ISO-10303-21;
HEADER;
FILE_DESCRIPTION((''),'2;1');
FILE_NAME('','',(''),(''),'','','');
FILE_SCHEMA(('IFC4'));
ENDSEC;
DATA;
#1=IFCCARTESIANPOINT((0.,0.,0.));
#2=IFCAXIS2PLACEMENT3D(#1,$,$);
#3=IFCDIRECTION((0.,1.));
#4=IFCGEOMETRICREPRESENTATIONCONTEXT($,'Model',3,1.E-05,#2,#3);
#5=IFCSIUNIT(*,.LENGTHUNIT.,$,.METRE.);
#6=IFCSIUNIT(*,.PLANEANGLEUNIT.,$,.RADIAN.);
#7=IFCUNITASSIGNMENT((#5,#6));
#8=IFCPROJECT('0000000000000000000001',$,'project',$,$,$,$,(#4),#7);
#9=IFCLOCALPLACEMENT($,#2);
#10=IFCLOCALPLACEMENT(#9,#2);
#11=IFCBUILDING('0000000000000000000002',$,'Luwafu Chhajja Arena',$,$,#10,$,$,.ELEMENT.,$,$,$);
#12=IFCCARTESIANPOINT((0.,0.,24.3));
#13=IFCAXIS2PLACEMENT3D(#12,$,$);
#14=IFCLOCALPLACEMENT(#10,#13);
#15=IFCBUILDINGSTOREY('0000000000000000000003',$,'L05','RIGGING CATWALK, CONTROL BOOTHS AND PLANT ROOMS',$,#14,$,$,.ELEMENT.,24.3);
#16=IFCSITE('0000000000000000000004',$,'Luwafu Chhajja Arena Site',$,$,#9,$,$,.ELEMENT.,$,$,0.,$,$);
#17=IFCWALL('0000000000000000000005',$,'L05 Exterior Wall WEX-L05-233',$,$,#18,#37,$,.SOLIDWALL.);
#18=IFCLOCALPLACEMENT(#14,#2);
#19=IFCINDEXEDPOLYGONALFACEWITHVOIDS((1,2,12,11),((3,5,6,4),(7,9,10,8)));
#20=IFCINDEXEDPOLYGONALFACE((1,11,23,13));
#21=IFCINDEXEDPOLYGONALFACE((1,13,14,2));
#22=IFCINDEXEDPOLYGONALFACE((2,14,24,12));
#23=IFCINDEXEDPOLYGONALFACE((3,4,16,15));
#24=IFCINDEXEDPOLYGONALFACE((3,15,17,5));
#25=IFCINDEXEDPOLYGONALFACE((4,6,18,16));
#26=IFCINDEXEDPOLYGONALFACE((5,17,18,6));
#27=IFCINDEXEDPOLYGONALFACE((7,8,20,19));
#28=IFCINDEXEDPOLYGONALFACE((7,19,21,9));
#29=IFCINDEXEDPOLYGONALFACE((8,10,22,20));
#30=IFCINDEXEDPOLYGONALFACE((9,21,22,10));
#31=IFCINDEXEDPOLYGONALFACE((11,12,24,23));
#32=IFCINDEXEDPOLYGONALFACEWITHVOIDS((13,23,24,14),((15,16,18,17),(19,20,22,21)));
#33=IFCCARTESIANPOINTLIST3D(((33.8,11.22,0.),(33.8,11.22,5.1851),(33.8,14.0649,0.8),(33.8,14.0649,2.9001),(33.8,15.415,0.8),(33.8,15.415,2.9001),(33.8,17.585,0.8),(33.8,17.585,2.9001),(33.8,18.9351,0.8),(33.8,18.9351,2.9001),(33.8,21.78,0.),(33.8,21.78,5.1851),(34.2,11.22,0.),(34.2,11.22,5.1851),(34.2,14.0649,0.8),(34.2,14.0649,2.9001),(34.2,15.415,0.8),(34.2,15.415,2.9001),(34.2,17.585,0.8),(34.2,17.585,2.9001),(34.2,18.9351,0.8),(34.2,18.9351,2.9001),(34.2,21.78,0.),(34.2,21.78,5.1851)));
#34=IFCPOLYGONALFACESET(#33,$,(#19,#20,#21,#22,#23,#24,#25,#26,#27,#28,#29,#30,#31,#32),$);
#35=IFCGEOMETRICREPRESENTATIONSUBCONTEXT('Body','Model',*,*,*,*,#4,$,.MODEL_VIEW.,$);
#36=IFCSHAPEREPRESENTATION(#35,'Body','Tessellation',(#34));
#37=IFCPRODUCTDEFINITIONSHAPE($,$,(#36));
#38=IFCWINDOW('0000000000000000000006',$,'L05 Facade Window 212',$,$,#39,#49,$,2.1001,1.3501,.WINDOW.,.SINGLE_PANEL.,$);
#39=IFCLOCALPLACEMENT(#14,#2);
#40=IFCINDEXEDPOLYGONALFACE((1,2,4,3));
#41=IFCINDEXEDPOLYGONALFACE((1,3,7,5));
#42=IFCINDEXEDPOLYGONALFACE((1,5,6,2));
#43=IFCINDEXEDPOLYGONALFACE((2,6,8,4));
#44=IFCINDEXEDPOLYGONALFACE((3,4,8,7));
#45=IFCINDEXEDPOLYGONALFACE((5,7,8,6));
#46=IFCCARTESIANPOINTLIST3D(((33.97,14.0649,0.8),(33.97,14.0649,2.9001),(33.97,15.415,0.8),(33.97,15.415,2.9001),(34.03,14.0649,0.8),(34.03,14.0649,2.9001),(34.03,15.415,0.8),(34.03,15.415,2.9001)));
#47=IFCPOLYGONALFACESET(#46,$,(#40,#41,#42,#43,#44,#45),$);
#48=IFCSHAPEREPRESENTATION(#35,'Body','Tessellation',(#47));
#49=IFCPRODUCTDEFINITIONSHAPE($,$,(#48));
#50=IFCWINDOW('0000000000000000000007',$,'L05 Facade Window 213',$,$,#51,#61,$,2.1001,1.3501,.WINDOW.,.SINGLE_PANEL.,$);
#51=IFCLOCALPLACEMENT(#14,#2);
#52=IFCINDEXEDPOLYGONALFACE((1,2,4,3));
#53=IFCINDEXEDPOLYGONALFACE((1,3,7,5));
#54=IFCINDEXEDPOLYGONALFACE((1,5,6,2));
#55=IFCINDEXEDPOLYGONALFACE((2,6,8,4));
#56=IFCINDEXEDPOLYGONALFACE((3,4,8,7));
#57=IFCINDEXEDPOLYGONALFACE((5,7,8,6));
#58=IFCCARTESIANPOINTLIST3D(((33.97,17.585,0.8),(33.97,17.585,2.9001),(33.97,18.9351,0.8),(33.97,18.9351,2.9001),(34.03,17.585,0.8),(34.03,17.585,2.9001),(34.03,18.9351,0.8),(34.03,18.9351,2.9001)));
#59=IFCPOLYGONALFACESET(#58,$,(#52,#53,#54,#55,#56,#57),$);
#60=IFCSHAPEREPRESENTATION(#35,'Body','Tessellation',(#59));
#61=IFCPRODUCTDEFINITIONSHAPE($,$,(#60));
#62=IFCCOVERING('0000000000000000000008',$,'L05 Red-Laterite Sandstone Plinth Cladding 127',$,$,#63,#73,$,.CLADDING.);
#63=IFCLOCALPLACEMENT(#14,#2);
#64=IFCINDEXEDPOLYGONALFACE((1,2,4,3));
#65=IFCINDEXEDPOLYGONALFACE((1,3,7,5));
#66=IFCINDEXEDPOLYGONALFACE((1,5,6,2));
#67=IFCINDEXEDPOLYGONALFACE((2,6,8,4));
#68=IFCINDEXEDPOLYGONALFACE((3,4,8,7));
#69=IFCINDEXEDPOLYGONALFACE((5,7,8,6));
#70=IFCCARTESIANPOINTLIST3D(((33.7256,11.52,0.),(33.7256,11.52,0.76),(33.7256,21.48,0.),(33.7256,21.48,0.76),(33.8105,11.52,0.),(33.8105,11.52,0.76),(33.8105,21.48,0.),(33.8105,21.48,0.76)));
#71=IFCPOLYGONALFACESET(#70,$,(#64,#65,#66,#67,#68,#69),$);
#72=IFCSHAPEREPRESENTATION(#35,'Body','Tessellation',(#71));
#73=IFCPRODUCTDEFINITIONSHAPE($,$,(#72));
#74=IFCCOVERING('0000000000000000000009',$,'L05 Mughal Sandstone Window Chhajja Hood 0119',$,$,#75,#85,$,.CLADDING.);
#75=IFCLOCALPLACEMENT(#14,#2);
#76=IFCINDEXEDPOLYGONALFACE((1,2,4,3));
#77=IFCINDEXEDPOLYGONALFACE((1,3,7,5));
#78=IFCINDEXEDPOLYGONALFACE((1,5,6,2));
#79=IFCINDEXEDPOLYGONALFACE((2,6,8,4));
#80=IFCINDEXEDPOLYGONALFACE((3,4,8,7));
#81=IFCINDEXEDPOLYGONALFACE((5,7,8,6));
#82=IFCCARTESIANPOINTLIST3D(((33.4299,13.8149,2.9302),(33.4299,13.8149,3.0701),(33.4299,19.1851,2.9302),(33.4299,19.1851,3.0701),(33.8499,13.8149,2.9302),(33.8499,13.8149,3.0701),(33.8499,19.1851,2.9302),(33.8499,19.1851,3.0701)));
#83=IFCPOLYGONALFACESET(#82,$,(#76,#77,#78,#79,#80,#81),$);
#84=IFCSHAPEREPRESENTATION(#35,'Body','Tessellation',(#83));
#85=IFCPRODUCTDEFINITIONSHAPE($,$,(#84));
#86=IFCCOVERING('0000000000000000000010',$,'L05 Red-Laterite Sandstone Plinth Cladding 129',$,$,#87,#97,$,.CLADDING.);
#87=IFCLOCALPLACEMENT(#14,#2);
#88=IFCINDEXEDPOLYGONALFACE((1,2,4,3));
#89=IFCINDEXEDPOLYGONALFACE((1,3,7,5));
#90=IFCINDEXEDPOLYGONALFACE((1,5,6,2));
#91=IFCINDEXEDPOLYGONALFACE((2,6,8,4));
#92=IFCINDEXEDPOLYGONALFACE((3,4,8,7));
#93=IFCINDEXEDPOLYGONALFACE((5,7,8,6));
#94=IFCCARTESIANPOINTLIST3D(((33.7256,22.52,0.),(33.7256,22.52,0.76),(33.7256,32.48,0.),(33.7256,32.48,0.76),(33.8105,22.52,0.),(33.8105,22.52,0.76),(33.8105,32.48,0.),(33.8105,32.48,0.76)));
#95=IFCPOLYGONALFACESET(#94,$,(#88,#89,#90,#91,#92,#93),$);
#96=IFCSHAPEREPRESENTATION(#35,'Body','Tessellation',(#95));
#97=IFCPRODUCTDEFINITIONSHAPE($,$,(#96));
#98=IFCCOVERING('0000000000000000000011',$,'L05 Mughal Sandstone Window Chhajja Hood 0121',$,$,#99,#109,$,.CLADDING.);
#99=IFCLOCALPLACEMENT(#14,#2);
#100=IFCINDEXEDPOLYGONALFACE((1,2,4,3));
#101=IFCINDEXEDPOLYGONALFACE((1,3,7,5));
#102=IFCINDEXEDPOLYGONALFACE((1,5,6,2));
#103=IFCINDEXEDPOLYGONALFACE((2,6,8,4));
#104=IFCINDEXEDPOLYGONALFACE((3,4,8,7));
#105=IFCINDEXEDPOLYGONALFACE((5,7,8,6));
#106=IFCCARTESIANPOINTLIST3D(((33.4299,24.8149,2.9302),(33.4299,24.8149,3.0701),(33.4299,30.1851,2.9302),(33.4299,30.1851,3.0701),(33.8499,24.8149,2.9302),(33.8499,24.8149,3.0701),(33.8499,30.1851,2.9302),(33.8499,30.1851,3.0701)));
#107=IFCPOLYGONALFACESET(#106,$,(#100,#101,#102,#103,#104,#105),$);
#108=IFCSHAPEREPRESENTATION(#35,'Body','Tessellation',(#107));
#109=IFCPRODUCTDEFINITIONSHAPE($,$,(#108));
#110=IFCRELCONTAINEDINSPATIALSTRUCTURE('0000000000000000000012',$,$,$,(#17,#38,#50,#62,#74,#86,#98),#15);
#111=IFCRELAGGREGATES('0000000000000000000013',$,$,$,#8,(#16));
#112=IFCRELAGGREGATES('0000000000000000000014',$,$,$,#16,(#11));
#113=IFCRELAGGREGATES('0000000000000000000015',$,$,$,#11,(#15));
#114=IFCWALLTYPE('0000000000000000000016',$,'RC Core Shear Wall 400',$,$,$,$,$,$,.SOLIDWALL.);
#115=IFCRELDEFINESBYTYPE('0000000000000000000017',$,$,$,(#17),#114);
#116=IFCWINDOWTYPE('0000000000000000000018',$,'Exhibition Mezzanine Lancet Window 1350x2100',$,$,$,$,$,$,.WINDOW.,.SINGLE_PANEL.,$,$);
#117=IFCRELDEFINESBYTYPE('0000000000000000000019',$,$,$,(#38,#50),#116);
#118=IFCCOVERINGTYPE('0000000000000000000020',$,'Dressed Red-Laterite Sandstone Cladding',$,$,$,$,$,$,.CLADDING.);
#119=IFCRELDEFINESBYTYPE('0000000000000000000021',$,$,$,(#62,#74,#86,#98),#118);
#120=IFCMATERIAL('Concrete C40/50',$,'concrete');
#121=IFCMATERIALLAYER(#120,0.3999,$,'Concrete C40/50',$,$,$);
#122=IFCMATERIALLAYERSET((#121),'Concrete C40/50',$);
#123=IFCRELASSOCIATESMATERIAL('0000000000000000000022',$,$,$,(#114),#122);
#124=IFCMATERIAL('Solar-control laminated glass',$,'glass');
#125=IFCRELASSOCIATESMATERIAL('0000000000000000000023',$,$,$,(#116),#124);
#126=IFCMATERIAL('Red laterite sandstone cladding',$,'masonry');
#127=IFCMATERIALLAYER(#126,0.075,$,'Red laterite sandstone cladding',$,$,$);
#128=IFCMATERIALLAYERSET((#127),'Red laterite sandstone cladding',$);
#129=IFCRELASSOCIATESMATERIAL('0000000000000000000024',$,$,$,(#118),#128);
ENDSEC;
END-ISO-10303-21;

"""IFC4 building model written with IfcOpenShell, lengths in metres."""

from ifc_helpers import new_model, si_unit, direction, frame, frame_2d, origin, origin_2d, place, context, subcontext, project, spatial, rectangle, extrude, material, layer, layer_set, type_object, element, fill, save


model = new_model("IFC4")

# Units and contexts
model_context = context("Model", 3, precision=1e-05, world=origin(), true_north=direction((0.0, 1.0)))
body_context = subcontext(model_context, "Body", "Model", "MODEL_VIEW")
ifc_project = project(units=[si_unit("LENGTHUNIT", "METRE"), si_unit("PLANEANGLEUNIT", "RADIAN")], contexts=[model_context])

# Site, building, storey
site_placement = place(None, origin())
site = spatial("IfcSite", under=ifc_project, at=site_placement, Name="Luwafu Chhajja Arena Site", CompositionType="ELEMENT", RefElevation=0.0)
building_placement = place(site_placement, origin())
building = spatial("IfcBuilding", under=site, at=building_placement, Name="Luwafu Chhajja Arena", CompositionType="ELEMENT")
storey_placement = place(building_placement, frame((0.0, 0.0, 24.3)))
storey = spatial("IfcBuildingStorey", under=building, at=storey_placement, Name="L05", Description="RIGGING CATWALK, CONTROL BOOTHS AND PLANT ROOMS", CompositionType="ELEMENT", Elevation=24.3)

# Wall, openings, windows
ifc_material_1 = material(Name="Concrete C40/50", Category="concrete")
ifc_layer_1 = layer(ifc_material_1, 0.3999, Name="Concrete C40/50")
ifc_layer_set_1 = layer_set([ifc_layer_1], Name="Concrete C40/50")
wall_type = type_object("IfcWallType", Name="RC Core Shear Wall 400", PredefinedType="SOLIDWALL", material=ifc_layer_set_1)
wall_placement = place(storey_placement, frame((34.0, 11.22, 0.0), z_axis=(0.0, 0.0, 1.0), x_axis=(0.0, 1.0, 0.0)))
wall = element("IfcWall", 1, at=wall_placement, inside=storey, type_object=wall_type, Name="L05 Exterior Wall WEX-L05-233", PredefinedType="SOLIDWALL", context=body_context, shape_type="SweptSolid", body=[
    extrude(rectangle(XDim=10.5601, YDim=0.3999, at=frame_2d((5.28, 0.0))), origin(), (0.0, 0.0, 1.0), 5.1851),
])
opening_1_placement = place(wall_placement, frame((2.845, 0.0, 0.8)))
opening_1 = element("IfcOpeningElement", 2, at=opening_1_placement, cuts=wall, PredefinedType="OPENING", context=body_context, shape_type="SweptSolid", body=[
    extrude(rectangle(XDim=1.3501, YDim=2.1001, at=frame_2d((0.675, 1.05))), frame((0.0, 0.21, 0.0), z_axis=(0.0, -1.0, 0.0), x_axis=(1.0, 0.0, 0.0)), (0.0, 0.0, 1.0), 0.4199),
])
opening_2_placement = place(wall_placement, frame((6.365, 0.0, 0.8)))
opening_2 = element("IfcOpeningElement", 3, at=opening_2_placement, cuts=wall, PredefinedType="OPENING", context=body_context, shape_type="SweptSolid", body=[
    extrude(rectangle(XDim=1.3501, YDim=2.1001, at=frame_2d((0.675, 1.05))), frame((0.0, 0.21, 0.0), z_axis=(0.0, -1.0, 0.0), x_axis=(1.0, 0.0, 0.0)), (0.0, 0.0, 1.0), 0.4199),
])
ifc_material_2 = material(Name="Solar-control laminated glass", Category="glass")
window_type = type_object("IfcWindowType", Name="Exhibition Mezzanine Lancet Window 1350x2100", PartitioningType="SINGLE_PANEL", PredefinedType="WINDOW", material=ifc_material_2)
window_1_placement = place(opening_1_placement, origin())
window_1 = element("IfcWindow", 4, at=window_1_placement, inside=storey, type_object=window_type, Name="L05 Facade Window 212", OverallHeight=2.1001, OverallWidth=1.3501, PartitioningType="SINGLE_PANEL", PredefinedType="WINDOW", context=body_context, shape_type="SweptSolid", body=[
    extrude(rectangle(XDim=1.3501, YDim=2.1001, at=frame_2d((0.675, 1.05))), frame((0.0, 0.03, 0.0), z_axis=(0.0, -1.0, 0.0), x_axis=(1.0, 0.0, 0.0)), (0.0, 0.0, 1.0), 0.0601),
])
fill(opening_1, window_1)
window_2_placement = place(opening_2_placement, origin())
window_2 = element("IfcWindow", 5, at=window_2_placement, inside=storey, type_object=window_type, Name="L05 Facade Window 213", OverallHeight=2.1001, OverallWidth=1.3501, PartitioningType="SINGLE_PANEL", PredefinedType="WINDOW", context=body_context, shape_type="SweptSolid", body=[
    extrude(rectangle(XDim=1.3501, YDim=2.1001, at=frame_2d((0.675, 1.05))), frame((0.0, 0.03, 0.0), z_axis=(0.0, -1.0, 0.0), x_axis=(1.0, 0.0, 0.0)), (0.0, 0.0, 1.0), 0.0601),
])
fill(opening_2, window_2)

# Coverings
ifc_material_3 = material(Name="Red laterite sandstone cladding", Category="masonry")
ifc_layer_2 = layer(ifc_material_3, 0.075, Name="Red laterite sandstone cladding")
ifc_layer_set_2 = layer_set([ifc_layer_2], Name="Red laterite sandstone cladding")
covering_type = type_object("IfcCoveringType", Name="Dressed Red-Laterite Sandstone Cladding", PredefinedType="CLADDING", material=ifc_layer_set_2)
covering_1_placement = place(storey_placement, frame((33.7681, 16.5, 0.0), z_axis=(0.0, 0.0, 1.0), x_axis=(0.0, 1.0, 0.0)))
element("IfcCovering", 6, at=covering_1_placement, inside=storey, type_object=covering_type, Name="L05 Red-Laterite Sandstone Plinth Cladding 127", PredefinedType="CLADDING", context=body_context, shape_type="SweptSolid", body=[
    extrude(rectangle(XDim=9.96, YDim=0.085, at=origin_2d()), origin(), (0.0, 0.0, 1.0), 0.76),
])
covering_2_placement = place(storey_placement, frame((33.6399, 16.5, 2.9302), z_axis=(0.0, 0.0, 1.0), x_axis=(0.0, 1.0, 0.0)))
element("IfcCovering", 7, at=covering_2_placement, inside=storey, type_object=covering_type, Name="L05 Mughal Sandstone Window Chhajja Hood 0119", PredefinedType="CLADDING", context=body_context, shape_type="SweptSolid", body=[
    extrude(rectangle(XDim=5.3701, YDim=0.4199, at=origin_2d()), origin(), (0.0, 0.0, 1.0), 0.1399),
])
covering_3_placement = place(storey_placement, frame((33.7681, 27.5, 0.0), z_axis=(0.0, 0.0, 1.0), x_axis=(0.0, 1.0, 0.0)))
element("IfcCovering", 8, at=covering_3_placement, inside=storey, type_object=covering_type, Name="L05 Red-Laterite Sandstone Plinth Cladding 129", PredefinedType="CLADDING", context=body_context, shape_type="SweptSolid", body=[
    extrude(rectangle(XDim=9.96, YDim=0.085, at=origin_2d()), origin(), (0.0, 0.0, 1.0), 0.76),
])
covering_4_placement = place(storey_placement, frame((33.6399, 27.5, 2.9302), z_axis=(0.0, 0.0, 1.0), x_axis=(0.0, 1.0, 0.0)))
element("IfcCovering", 9, at=covering_4_placement, inside=storey, type_object=covering_type, Name="L05 Mughal Sandstone Window Chhajja Hood 0121", PredefinedType="CLADDING", context=body_context, shape_type="SweptSolid", body=[
    extrude(rectangle(XDim=5.3701, YDim=0.4199, at=origin_2d()), origin(), (0.0, 0.0, 1.0), 0.1399),
])

save(model, "model.ifc")
